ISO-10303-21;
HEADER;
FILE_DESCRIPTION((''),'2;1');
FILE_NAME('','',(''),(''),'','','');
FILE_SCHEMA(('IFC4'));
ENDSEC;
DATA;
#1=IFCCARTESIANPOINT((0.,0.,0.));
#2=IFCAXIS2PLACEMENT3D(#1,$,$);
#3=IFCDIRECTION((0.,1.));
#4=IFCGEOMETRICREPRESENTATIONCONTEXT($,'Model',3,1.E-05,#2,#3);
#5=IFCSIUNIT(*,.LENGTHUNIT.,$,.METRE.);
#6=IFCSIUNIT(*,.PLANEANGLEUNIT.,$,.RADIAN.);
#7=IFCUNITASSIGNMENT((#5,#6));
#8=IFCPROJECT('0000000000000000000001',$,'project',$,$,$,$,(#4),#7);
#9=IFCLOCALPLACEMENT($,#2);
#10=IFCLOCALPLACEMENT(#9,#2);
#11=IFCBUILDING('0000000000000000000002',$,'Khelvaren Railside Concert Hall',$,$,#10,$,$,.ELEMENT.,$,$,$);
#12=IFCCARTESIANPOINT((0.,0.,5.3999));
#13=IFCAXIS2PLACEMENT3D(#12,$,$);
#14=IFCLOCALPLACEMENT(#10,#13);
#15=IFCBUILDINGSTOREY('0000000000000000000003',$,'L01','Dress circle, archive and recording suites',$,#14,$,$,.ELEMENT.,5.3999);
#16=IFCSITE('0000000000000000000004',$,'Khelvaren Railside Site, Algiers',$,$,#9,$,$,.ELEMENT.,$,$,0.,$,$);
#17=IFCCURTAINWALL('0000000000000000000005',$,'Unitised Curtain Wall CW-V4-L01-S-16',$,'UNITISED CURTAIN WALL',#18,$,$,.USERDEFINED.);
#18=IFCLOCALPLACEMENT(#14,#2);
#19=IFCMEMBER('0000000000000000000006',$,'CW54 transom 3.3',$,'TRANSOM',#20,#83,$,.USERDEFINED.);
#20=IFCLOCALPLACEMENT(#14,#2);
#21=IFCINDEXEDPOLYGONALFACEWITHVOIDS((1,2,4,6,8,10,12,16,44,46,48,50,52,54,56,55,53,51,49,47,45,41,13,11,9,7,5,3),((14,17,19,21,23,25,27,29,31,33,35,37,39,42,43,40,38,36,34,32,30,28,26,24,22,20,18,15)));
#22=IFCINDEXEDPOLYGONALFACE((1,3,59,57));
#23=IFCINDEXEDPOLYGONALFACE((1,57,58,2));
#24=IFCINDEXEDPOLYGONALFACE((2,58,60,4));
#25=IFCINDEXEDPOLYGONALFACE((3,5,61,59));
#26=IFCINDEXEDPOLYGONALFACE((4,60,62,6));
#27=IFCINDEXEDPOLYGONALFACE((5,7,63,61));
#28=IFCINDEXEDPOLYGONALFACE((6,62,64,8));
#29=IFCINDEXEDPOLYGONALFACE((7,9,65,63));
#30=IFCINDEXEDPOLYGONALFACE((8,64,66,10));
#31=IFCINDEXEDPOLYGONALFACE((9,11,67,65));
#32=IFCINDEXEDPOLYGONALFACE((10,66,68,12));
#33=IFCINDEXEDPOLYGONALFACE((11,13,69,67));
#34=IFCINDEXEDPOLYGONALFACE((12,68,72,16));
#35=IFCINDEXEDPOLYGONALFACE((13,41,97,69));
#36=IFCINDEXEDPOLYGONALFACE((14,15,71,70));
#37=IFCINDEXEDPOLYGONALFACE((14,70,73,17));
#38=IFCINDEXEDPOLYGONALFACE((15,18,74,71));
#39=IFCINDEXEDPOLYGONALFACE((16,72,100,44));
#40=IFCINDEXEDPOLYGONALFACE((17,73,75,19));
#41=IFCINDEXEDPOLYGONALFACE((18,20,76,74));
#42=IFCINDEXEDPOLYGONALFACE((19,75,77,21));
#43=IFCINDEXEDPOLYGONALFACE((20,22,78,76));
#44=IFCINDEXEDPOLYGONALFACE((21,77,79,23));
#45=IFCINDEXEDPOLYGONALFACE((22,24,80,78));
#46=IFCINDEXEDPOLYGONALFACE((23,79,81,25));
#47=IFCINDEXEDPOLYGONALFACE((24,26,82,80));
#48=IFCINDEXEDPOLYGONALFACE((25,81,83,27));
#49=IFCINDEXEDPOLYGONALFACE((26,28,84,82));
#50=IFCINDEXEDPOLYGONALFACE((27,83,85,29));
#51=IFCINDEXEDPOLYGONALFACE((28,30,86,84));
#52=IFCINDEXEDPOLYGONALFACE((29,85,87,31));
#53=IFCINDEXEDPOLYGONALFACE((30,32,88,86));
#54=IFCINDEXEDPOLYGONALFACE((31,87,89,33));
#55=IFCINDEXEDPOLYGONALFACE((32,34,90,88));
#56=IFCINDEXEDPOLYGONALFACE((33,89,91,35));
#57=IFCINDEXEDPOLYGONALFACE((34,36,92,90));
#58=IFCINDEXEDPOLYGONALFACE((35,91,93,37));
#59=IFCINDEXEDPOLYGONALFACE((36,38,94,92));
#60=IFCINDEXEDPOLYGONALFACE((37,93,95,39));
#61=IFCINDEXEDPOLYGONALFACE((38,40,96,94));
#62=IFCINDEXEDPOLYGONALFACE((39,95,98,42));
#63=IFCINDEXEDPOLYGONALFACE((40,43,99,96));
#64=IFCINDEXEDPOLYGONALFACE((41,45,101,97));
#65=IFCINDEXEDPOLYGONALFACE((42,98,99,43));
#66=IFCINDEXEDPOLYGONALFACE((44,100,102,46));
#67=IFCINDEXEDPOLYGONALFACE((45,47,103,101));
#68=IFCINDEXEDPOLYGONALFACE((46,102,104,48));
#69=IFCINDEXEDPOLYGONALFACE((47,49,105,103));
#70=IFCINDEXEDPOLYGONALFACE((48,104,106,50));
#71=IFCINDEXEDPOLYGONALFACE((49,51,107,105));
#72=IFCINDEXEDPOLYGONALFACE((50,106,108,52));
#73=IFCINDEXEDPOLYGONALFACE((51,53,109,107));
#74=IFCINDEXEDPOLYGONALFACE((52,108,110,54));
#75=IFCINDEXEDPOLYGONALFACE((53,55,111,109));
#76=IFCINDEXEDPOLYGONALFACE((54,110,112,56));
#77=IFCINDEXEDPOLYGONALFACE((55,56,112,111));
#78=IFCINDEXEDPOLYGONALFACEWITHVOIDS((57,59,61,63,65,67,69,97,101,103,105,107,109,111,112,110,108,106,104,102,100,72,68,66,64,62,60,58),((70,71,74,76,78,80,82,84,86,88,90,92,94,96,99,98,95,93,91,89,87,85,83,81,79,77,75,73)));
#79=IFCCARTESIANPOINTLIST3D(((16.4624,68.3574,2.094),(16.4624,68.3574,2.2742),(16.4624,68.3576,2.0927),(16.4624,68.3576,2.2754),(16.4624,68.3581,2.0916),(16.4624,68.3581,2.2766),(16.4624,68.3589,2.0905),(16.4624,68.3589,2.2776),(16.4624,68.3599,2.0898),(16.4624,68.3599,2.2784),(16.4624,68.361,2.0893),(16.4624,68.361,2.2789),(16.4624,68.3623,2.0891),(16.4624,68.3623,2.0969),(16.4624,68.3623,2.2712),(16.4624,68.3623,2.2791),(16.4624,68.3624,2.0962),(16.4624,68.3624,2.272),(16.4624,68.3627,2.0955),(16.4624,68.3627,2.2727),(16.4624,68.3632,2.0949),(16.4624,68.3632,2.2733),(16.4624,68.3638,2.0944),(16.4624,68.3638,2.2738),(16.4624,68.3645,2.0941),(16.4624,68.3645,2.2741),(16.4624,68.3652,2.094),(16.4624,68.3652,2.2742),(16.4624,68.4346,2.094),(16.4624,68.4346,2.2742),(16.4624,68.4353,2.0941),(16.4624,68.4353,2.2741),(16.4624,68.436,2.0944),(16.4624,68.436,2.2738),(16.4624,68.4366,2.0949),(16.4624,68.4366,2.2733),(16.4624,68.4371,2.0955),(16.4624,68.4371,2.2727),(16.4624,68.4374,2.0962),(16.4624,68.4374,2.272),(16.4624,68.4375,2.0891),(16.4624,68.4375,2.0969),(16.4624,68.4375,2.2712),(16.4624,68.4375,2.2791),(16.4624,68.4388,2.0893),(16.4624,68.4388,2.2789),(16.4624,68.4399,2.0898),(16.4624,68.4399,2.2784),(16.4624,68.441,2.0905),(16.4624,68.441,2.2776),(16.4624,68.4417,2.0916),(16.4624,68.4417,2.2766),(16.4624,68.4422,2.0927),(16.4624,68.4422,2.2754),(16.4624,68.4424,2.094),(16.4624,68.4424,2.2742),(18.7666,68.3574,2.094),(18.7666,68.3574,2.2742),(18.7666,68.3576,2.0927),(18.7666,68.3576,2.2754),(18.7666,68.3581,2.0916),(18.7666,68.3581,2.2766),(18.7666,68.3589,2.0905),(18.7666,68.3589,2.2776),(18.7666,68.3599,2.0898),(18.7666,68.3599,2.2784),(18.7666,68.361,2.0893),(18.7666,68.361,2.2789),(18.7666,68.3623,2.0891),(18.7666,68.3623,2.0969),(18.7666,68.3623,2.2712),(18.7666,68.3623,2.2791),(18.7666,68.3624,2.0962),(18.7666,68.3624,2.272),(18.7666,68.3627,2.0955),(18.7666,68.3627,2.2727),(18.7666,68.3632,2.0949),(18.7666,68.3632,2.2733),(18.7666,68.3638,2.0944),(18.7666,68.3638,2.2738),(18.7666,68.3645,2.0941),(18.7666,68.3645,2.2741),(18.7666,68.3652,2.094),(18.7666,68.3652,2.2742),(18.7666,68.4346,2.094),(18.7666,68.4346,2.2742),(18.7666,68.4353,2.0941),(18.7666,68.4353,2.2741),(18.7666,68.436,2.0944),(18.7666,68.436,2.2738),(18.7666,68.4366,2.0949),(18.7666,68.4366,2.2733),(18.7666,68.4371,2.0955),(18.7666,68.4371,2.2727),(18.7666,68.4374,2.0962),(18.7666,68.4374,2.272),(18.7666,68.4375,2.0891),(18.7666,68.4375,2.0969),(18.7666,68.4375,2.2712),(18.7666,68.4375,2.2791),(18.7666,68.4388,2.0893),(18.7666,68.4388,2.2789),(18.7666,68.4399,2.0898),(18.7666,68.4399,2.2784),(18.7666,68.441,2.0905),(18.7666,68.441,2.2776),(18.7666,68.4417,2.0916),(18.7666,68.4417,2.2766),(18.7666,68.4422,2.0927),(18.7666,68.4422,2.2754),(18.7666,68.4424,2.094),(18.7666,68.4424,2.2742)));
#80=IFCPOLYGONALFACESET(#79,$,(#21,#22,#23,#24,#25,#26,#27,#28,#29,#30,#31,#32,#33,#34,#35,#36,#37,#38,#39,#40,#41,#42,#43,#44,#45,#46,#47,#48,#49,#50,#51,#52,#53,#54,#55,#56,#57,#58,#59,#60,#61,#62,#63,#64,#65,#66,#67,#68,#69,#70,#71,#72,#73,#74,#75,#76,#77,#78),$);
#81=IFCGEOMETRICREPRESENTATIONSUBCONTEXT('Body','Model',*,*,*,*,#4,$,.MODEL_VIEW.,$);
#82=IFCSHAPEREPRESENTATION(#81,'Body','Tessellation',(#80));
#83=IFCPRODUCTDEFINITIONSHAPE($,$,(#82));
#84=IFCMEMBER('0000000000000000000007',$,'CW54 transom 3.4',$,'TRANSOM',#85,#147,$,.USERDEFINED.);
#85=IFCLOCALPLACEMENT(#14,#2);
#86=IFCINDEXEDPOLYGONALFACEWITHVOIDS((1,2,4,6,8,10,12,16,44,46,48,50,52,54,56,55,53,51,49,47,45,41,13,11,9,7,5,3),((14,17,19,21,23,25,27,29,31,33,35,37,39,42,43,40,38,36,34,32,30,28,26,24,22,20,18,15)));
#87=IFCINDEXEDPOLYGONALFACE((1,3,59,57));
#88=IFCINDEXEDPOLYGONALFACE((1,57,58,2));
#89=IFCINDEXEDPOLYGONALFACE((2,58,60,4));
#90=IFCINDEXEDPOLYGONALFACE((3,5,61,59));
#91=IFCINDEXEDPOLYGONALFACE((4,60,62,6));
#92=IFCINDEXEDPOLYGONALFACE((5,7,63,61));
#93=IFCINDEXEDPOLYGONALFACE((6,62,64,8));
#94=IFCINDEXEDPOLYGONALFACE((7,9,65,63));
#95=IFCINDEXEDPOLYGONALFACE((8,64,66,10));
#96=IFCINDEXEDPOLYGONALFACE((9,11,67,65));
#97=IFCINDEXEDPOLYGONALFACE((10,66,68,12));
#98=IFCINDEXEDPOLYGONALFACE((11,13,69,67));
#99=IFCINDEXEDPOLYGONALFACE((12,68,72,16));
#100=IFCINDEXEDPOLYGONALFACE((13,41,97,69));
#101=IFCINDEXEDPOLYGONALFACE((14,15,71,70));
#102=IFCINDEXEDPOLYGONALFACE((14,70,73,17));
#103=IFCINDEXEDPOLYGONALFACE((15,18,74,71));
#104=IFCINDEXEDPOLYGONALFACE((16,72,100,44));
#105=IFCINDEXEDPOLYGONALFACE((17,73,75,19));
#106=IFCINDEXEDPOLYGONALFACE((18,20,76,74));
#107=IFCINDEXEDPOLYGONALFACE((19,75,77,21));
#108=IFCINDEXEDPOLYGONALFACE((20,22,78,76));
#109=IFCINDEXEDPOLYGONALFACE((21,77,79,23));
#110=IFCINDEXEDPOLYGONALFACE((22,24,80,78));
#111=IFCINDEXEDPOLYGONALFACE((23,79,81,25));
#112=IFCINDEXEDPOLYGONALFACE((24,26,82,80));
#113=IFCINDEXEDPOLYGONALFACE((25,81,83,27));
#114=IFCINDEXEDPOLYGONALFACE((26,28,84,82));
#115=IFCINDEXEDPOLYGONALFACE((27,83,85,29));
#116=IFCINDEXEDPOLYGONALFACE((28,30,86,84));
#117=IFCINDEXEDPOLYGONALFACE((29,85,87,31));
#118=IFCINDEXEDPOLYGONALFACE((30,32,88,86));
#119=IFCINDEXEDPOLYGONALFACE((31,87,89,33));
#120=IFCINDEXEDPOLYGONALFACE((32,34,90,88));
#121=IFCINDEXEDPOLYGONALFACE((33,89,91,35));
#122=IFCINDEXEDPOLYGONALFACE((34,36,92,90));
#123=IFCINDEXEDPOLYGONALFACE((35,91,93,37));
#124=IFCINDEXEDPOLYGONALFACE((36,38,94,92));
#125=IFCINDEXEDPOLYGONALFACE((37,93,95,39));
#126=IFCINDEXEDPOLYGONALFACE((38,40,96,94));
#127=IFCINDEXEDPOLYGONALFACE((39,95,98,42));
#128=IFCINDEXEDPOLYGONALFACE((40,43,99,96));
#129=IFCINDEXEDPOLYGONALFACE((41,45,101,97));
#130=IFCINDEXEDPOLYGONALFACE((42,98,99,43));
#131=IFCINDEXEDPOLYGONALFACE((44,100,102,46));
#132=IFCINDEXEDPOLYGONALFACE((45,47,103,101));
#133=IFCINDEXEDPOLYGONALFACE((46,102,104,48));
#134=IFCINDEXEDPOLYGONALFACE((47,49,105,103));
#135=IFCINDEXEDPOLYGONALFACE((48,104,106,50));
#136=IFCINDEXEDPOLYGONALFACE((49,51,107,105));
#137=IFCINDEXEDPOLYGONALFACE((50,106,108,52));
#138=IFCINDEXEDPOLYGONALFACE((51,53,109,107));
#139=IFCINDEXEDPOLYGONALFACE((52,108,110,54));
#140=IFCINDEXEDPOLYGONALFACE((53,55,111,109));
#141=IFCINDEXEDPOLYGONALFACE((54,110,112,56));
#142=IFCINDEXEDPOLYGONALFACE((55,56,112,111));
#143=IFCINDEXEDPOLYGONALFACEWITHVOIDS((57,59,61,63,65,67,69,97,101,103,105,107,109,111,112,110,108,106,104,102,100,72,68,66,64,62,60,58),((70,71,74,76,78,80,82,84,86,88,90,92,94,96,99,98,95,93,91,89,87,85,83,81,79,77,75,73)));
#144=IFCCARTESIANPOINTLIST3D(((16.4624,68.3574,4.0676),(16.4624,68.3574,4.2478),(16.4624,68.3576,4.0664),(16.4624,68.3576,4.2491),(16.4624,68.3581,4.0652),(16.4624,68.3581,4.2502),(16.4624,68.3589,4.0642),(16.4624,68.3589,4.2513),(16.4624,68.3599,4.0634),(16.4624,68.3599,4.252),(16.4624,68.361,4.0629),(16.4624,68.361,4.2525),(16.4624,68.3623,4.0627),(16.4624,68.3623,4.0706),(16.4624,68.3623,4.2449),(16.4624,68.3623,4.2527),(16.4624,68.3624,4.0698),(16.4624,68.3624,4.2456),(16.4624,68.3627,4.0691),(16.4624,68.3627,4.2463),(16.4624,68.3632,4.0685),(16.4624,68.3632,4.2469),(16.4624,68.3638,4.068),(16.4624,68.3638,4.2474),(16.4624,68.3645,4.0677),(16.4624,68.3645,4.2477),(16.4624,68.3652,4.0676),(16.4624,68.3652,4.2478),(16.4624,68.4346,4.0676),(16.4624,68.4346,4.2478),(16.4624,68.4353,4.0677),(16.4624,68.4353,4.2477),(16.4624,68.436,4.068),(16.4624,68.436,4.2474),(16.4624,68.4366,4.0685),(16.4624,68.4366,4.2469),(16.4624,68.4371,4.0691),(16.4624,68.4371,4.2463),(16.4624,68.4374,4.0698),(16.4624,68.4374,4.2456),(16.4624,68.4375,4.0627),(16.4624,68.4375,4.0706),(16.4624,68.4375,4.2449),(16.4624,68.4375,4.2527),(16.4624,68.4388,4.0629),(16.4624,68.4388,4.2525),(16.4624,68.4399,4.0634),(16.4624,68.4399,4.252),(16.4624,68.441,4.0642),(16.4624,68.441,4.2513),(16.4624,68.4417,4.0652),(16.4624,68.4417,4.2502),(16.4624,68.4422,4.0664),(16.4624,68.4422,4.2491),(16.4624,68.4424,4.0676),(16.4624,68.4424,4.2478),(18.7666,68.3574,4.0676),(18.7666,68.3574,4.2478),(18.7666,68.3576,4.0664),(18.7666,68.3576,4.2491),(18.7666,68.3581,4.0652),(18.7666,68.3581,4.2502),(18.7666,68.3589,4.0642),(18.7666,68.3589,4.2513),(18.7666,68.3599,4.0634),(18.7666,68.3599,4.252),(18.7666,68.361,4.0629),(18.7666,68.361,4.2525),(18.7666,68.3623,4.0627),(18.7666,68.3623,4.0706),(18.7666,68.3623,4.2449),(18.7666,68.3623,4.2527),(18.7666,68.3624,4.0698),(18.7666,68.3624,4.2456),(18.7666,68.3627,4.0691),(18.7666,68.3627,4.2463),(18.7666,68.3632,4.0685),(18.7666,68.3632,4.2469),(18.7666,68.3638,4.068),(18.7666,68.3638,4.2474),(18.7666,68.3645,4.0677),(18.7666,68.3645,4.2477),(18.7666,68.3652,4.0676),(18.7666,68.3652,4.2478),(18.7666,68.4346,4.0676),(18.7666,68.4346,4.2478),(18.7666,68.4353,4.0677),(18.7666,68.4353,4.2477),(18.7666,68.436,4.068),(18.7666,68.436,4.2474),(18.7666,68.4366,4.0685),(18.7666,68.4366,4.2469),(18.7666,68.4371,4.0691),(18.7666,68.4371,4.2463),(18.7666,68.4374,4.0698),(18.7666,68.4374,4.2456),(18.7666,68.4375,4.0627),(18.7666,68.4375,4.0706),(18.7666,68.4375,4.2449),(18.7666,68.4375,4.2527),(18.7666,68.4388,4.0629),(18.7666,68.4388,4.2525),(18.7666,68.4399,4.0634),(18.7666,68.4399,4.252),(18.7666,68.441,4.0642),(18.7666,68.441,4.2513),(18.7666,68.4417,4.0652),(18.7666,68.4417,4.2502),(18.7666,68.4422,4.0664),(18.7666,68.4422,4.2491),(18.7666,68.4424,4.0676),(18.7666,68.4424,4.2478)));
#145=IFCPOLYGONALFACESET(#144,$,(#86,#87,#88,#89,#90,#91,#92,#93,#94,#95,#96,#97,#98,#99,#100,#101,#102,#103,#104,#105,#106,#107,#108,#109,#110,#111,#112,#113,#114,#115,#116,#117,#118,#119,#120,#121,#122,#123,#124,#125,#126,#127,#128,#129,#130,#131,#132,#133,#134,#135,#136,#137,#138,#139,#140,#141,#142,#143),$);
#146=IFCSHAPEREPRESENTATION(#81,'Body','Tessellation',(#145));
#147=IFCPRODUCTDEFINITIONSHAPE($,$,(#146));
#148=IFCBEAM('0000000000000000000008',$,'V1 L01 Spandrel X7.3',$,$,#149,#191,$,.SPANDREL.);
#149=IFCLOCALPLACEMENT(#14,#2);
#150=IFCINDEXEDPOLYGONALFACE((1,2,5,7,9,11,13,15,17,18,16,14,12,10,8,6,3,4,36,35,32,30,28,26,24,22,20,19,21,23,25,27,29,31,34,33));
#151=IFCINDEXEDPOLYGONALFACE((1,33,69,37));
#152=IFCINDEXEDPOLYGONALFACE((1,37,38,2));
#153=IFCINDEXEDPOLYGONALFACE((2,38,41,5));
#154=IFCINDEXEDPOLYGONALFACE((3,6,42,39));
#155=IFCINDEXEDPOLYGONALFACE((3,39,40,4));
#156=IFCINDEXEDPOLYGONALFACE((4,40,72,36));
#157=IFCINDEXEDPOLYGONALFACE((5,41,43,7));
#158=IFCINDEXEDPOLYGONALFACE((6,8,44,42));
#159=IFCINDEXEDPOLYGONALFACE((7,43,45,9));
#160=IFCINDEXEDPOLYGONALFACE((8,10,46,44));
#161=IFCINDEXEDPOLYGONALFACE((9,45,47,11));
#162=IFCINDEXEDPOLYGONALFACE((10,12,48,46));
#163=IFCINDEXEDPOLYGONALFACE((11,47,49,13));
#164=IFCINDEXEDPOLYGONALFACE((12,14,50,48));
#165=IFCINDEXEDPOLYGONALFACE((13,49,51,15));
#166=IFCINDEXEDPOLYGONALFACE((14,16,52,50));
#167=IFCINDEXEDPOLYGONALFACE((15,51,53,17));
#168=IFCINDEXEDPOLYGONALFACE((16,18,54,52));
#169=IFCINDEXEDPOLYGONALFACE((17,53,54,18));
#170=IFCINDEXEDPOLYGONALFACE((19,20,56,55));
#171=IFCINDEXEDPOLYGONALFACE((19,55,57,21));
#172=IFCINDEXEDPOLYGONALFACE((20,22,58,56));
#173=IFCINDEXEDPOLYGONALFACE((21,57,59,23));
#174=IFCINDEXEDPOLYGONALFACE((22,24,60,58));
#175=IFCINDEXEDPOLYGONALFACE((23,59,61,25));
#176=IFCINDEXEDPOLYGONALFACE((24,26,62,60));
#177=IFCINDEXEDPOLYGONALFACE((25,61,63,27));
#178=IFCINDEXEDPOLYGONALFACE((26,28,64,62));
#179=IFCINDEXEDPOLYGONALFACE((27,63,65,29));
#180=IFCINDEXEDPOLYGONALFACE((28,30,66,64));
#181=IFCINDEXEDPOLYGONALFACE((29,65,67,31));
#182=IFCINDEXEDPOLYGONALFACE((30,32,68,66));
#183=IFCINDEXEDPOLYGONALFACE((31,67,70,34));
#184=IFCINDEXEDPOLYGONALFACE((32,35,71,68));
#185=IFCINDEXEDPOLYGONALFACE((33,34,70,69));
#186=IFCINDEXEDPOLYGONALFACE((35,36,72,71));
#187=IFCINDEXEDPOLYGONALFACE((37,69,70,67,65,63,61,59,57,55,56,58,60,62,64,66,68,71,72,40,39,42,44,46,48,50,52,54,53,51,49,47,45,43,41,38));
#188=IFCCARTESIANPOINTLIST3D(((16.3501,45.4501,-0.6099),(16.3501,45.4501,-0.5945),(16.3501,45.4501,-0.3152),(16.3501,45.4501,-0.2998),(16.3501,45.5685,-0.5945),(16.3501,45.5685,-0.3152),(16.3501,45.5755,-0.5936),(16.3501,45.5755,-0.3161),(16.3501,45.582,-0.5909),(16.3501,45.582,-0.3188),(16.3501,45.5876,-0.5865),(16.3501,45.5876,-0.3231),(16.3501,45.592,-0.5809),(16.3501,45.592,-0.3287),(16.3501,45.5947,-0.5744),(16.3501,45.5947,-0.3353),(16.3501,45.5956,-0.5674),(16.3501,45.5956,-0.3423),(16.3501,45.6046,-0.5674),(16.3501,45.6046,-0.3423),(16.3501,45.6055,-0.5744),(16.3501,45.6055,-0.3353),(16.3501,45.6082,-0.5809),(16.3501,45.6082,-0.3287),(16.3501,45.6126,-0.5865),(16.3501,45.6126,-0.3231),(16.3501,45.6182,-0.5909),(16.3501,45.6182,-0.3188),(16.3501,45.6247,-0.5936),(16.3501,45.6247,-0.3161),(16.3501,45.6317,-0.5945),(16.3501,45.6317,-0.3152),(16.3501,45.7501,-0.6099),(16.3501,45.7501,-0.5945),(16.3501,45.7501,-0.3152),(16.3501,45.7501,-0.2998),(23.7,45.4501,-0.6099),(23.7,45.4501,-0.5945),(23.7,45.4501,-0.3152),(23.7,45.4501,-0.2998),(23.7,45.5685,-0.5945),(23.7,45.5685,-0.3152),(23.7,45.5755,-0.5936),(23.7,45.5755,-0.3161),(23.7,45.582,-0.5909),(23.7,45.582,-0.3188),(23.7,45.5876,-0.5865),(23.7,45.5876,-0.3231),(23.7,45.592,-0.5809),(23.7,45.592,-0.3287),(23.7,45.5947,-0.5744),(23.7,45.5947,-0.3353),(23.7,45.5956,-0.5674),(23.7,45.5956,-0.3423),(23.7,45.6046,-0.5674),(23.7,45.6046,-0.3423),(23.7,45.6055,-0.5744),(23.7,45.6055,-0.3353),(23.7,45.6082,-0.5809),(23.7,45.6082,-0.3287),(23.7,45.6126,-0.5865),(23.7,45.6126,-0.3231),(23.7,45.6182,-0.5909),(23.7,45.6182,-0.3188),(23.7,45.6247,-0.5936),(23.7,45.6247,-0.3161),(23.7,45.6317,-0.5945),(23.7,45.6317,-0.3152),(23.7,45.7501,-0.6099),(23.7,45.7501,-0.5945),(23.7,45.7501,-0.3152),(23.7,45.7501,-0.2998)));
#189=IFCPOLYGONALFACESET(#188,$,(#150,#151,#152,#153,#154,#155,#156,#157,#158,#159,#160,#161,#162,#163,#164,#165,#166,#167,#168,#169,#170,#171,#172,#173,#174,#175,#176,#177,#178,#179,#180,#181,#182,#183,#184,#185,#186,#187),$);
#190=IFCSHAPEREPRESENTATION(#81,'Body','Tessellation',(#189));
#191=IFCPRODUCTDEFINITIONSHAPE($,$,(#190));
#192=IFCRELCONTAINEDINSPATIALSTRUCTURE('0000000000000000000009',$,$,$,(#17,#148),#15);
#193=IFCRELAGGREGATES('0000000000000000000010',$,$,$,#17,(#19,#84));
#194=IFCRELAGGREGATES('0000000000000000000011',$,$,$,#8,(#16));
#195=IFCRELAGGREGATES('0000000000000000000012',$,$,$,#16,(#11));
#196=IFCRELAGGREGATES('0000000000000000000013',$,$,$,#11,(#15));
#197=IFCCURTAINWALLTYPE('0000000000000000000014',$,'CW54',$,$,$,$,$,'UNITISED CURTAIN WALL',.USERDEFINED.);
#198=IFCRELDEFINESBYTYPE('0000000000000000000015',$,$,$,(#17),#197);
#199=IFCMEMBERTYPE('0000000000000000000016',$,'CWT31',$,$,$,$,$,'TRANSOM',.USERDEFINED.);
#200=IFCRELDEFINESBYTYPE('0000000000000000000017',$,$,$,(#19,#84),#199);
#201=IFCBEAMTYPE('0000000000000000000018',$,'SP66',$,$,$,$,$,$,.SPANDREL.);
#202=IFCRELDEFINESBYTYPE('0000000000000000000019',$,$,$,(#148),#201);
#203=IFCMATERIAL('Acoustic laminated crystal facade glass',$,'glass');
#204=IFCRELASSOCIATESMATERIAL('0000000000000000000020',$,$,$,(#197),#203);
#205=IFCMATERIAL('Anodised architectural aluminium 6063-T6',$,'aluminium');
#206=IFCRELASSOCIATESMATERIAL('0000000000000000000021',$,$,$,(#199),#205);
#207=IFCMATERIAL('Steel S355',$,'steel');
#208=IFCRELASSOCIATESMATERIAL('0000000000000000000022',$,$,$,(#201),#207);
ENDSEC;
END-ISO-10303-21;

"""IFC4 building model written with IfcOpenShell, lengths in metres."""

from ifc_helpers import new_model, si_unit, direction, frame, origin, origin_2d, place, context, subcontext, project, spatial, hollow_rectangle, i_section, extrude, material, material_profile, profile_set, type_object, element, aggregate, save


model = new_model("IFC4")

# Units and contexts
model_context = context("Model", 3, precision=1e-05, world=origin(), true_north=direction((0.0, 1.0)))
body_context = subcontext(model_context, "Body", "Model", "MODEL_VIEW")
ifc_project = project(units=[si_unit("LENGTHUNIT", "METRE"), si_unit("PLANEANGLEUNIT", "RADIAN")], contexts=[model_context])

# Site, building, storey
site_placement = place(None, origin())
site = spatial("IfcSite", under=ifc_project, at=site_placement, Name="Khelvaren Railside Site, Algiers", CompositionType="ELEMENT", RefElevation=0.0)
building_placement = place(site_placement, origin())
building = spatial("IfcBuilding", under=site, at=building_placement, Name="Khelvaren Railside Concert Hall", CompositionType="ELEMENT")
storey_placement = place(building_placement, frame((0.0, 0.0, 5.3999)))
storey = spatial("IfcBuildingStorey", under=building, at=storey_placement, Name="L01", Description="Dress circle, archive and recording suites", CompositionType="ELEMENT", Elevation=5.3999)

# Curtain wall, members
ifc_material_1 = material(Name="Acoustic laminated crystal facade glass", Category="glass")
curtain_wall_type = type_object("IfcCurtainWallType", Name="CW54", ElementType="UNITISED CURTAIN WALL", PredefinedType="USERDEFINED", material=ifc_material_1)
curtain_wall_placement = place(storey_placement, origin())
curtain_wall = element("IfcCurtainWall", 1, at=curtain_wall_placement, inside=storey, type_object=curtain_wall_type, Name="Unitised Curtain Wall CW-V4-L01-S-16", ObjectType="UNITISED CURTAIN WALL", PredefinedType="USERDEFINED")
ifc_material_2 = material(Name="Anodised architectural aluminium 6063-T6", Category="aluminium")
ifc_material_profile_1 = material_profile(ifc_material_2, hollow_rectangle(XDim=0.085, YDim=0.1899, WallThickness=0.0049, InnerFilletRadius=0.0029, OuterFilletRadius=0.0049, at=origin_2d()), Name="CWT 85x190x5")
ifc_profile_set_1 = profile_set([ifc_material_profile_1], Name="Anodised architectural aluminium 6063-T6")
member_type_1 = type_object("IfcMemberType", Name="CWT31", ElementType="TRANSOM", PredefinedType="USERDEFINED", material=ifc_profile_set_1)
member_1_placement = place(storey_placement, frame((18.7666, 68.3999, 2.1841), z_axis=(-1.0, 0.0, 0.0), x_axis=(0.0, -1.0, 0.0)))
member_1 = element("IfcMember", 2, at=member_1_placement, type_object=member_type_1, Name="CW54 transom 3.3", ObjectType="TRANSOM", PredefinedType="USERDEFINED", context=body_context, shape_type="SweptSolid", body=[
    extrude(hollow_rectangle(XDim=0.085, YDim=0.1899, WallThickness=0.0049, InnerFilletRadius=0.0029, OuterFilletRadius=0.0049, at=origin_2d()), origin(), (0.0, 0.0, 1.0), 2.3042),
])
member_2_placement = place(storey_placement, frame((18.7666, 68.3999, 4.1577), z_axis=(-1.0, 0.0, 0.0), x_axis=(0.0, -1.0, 0.0)))
member_2 = element("IfcMember", 3, at=member_2_placement, type_object=member_type_1, Name="CW54 transom 3.4", ObjectType="TRANSOM", PredefinedType="USERDEFINED", context=body_context, shape_type="SweptSolid", body=[
    extrude(hollow_rectangle(XDim=0.085, YDim=0.1899, WallThickness=0.0049, InnerFilletRadius=0.0029, OuterFilletRadius=0.0049, at=origin_2d()), origin(), (0.0, 0.0, 1.0), 2.3042),
])

# Beam
ifc_material_3 = material(Name="Steel S355", Category="steel")
ifc_material_profile_2 = material_profile(ifc_material_3, i_section(OverallWidth=0.3, OverallDepth=0.3101, WebThickness=0.009, FlangeThickness=0.0154, FilletRadius=0.0271, at=origin_2d()), Name="HEA 320")
ifc_profile_set_2 = profile_set([ifc_material_profile_2], Name="Steel S355")
beam_type_1 = type_object("IfcBeamType", Name="SP66", PredefinedType="SPANDREL", material=ifc_profile_set_2)
beam_1_placement = place(storey_placement, frame((16.3501, 45.6001, -0.4548), z_axis=(1.0, 0.0, 0.0), x_axis=(0.0, 1.0, 0.0)))
element("IfcBeam", 4, at=beam_1_placement, inside=storey, type_object=beam_type_1, Name="V1 L01 Spandrel X7.3", PredefinedType="SPANDREL", context=body_context, shape_type="SweptSolid", body=[
    extrude(i_section(OverallWidth=0.3, OverallDepth=0.3101, WebThickness=0.009, FlangeThickness=0.0154, FilletRadius=0.0271, at=origin_2d()), origin(), (0.0, 0.0, 1.0), 7.3499),
])

aggregate(curtain_wall, [member_1, member_2])

save(model, "model.ifc")
